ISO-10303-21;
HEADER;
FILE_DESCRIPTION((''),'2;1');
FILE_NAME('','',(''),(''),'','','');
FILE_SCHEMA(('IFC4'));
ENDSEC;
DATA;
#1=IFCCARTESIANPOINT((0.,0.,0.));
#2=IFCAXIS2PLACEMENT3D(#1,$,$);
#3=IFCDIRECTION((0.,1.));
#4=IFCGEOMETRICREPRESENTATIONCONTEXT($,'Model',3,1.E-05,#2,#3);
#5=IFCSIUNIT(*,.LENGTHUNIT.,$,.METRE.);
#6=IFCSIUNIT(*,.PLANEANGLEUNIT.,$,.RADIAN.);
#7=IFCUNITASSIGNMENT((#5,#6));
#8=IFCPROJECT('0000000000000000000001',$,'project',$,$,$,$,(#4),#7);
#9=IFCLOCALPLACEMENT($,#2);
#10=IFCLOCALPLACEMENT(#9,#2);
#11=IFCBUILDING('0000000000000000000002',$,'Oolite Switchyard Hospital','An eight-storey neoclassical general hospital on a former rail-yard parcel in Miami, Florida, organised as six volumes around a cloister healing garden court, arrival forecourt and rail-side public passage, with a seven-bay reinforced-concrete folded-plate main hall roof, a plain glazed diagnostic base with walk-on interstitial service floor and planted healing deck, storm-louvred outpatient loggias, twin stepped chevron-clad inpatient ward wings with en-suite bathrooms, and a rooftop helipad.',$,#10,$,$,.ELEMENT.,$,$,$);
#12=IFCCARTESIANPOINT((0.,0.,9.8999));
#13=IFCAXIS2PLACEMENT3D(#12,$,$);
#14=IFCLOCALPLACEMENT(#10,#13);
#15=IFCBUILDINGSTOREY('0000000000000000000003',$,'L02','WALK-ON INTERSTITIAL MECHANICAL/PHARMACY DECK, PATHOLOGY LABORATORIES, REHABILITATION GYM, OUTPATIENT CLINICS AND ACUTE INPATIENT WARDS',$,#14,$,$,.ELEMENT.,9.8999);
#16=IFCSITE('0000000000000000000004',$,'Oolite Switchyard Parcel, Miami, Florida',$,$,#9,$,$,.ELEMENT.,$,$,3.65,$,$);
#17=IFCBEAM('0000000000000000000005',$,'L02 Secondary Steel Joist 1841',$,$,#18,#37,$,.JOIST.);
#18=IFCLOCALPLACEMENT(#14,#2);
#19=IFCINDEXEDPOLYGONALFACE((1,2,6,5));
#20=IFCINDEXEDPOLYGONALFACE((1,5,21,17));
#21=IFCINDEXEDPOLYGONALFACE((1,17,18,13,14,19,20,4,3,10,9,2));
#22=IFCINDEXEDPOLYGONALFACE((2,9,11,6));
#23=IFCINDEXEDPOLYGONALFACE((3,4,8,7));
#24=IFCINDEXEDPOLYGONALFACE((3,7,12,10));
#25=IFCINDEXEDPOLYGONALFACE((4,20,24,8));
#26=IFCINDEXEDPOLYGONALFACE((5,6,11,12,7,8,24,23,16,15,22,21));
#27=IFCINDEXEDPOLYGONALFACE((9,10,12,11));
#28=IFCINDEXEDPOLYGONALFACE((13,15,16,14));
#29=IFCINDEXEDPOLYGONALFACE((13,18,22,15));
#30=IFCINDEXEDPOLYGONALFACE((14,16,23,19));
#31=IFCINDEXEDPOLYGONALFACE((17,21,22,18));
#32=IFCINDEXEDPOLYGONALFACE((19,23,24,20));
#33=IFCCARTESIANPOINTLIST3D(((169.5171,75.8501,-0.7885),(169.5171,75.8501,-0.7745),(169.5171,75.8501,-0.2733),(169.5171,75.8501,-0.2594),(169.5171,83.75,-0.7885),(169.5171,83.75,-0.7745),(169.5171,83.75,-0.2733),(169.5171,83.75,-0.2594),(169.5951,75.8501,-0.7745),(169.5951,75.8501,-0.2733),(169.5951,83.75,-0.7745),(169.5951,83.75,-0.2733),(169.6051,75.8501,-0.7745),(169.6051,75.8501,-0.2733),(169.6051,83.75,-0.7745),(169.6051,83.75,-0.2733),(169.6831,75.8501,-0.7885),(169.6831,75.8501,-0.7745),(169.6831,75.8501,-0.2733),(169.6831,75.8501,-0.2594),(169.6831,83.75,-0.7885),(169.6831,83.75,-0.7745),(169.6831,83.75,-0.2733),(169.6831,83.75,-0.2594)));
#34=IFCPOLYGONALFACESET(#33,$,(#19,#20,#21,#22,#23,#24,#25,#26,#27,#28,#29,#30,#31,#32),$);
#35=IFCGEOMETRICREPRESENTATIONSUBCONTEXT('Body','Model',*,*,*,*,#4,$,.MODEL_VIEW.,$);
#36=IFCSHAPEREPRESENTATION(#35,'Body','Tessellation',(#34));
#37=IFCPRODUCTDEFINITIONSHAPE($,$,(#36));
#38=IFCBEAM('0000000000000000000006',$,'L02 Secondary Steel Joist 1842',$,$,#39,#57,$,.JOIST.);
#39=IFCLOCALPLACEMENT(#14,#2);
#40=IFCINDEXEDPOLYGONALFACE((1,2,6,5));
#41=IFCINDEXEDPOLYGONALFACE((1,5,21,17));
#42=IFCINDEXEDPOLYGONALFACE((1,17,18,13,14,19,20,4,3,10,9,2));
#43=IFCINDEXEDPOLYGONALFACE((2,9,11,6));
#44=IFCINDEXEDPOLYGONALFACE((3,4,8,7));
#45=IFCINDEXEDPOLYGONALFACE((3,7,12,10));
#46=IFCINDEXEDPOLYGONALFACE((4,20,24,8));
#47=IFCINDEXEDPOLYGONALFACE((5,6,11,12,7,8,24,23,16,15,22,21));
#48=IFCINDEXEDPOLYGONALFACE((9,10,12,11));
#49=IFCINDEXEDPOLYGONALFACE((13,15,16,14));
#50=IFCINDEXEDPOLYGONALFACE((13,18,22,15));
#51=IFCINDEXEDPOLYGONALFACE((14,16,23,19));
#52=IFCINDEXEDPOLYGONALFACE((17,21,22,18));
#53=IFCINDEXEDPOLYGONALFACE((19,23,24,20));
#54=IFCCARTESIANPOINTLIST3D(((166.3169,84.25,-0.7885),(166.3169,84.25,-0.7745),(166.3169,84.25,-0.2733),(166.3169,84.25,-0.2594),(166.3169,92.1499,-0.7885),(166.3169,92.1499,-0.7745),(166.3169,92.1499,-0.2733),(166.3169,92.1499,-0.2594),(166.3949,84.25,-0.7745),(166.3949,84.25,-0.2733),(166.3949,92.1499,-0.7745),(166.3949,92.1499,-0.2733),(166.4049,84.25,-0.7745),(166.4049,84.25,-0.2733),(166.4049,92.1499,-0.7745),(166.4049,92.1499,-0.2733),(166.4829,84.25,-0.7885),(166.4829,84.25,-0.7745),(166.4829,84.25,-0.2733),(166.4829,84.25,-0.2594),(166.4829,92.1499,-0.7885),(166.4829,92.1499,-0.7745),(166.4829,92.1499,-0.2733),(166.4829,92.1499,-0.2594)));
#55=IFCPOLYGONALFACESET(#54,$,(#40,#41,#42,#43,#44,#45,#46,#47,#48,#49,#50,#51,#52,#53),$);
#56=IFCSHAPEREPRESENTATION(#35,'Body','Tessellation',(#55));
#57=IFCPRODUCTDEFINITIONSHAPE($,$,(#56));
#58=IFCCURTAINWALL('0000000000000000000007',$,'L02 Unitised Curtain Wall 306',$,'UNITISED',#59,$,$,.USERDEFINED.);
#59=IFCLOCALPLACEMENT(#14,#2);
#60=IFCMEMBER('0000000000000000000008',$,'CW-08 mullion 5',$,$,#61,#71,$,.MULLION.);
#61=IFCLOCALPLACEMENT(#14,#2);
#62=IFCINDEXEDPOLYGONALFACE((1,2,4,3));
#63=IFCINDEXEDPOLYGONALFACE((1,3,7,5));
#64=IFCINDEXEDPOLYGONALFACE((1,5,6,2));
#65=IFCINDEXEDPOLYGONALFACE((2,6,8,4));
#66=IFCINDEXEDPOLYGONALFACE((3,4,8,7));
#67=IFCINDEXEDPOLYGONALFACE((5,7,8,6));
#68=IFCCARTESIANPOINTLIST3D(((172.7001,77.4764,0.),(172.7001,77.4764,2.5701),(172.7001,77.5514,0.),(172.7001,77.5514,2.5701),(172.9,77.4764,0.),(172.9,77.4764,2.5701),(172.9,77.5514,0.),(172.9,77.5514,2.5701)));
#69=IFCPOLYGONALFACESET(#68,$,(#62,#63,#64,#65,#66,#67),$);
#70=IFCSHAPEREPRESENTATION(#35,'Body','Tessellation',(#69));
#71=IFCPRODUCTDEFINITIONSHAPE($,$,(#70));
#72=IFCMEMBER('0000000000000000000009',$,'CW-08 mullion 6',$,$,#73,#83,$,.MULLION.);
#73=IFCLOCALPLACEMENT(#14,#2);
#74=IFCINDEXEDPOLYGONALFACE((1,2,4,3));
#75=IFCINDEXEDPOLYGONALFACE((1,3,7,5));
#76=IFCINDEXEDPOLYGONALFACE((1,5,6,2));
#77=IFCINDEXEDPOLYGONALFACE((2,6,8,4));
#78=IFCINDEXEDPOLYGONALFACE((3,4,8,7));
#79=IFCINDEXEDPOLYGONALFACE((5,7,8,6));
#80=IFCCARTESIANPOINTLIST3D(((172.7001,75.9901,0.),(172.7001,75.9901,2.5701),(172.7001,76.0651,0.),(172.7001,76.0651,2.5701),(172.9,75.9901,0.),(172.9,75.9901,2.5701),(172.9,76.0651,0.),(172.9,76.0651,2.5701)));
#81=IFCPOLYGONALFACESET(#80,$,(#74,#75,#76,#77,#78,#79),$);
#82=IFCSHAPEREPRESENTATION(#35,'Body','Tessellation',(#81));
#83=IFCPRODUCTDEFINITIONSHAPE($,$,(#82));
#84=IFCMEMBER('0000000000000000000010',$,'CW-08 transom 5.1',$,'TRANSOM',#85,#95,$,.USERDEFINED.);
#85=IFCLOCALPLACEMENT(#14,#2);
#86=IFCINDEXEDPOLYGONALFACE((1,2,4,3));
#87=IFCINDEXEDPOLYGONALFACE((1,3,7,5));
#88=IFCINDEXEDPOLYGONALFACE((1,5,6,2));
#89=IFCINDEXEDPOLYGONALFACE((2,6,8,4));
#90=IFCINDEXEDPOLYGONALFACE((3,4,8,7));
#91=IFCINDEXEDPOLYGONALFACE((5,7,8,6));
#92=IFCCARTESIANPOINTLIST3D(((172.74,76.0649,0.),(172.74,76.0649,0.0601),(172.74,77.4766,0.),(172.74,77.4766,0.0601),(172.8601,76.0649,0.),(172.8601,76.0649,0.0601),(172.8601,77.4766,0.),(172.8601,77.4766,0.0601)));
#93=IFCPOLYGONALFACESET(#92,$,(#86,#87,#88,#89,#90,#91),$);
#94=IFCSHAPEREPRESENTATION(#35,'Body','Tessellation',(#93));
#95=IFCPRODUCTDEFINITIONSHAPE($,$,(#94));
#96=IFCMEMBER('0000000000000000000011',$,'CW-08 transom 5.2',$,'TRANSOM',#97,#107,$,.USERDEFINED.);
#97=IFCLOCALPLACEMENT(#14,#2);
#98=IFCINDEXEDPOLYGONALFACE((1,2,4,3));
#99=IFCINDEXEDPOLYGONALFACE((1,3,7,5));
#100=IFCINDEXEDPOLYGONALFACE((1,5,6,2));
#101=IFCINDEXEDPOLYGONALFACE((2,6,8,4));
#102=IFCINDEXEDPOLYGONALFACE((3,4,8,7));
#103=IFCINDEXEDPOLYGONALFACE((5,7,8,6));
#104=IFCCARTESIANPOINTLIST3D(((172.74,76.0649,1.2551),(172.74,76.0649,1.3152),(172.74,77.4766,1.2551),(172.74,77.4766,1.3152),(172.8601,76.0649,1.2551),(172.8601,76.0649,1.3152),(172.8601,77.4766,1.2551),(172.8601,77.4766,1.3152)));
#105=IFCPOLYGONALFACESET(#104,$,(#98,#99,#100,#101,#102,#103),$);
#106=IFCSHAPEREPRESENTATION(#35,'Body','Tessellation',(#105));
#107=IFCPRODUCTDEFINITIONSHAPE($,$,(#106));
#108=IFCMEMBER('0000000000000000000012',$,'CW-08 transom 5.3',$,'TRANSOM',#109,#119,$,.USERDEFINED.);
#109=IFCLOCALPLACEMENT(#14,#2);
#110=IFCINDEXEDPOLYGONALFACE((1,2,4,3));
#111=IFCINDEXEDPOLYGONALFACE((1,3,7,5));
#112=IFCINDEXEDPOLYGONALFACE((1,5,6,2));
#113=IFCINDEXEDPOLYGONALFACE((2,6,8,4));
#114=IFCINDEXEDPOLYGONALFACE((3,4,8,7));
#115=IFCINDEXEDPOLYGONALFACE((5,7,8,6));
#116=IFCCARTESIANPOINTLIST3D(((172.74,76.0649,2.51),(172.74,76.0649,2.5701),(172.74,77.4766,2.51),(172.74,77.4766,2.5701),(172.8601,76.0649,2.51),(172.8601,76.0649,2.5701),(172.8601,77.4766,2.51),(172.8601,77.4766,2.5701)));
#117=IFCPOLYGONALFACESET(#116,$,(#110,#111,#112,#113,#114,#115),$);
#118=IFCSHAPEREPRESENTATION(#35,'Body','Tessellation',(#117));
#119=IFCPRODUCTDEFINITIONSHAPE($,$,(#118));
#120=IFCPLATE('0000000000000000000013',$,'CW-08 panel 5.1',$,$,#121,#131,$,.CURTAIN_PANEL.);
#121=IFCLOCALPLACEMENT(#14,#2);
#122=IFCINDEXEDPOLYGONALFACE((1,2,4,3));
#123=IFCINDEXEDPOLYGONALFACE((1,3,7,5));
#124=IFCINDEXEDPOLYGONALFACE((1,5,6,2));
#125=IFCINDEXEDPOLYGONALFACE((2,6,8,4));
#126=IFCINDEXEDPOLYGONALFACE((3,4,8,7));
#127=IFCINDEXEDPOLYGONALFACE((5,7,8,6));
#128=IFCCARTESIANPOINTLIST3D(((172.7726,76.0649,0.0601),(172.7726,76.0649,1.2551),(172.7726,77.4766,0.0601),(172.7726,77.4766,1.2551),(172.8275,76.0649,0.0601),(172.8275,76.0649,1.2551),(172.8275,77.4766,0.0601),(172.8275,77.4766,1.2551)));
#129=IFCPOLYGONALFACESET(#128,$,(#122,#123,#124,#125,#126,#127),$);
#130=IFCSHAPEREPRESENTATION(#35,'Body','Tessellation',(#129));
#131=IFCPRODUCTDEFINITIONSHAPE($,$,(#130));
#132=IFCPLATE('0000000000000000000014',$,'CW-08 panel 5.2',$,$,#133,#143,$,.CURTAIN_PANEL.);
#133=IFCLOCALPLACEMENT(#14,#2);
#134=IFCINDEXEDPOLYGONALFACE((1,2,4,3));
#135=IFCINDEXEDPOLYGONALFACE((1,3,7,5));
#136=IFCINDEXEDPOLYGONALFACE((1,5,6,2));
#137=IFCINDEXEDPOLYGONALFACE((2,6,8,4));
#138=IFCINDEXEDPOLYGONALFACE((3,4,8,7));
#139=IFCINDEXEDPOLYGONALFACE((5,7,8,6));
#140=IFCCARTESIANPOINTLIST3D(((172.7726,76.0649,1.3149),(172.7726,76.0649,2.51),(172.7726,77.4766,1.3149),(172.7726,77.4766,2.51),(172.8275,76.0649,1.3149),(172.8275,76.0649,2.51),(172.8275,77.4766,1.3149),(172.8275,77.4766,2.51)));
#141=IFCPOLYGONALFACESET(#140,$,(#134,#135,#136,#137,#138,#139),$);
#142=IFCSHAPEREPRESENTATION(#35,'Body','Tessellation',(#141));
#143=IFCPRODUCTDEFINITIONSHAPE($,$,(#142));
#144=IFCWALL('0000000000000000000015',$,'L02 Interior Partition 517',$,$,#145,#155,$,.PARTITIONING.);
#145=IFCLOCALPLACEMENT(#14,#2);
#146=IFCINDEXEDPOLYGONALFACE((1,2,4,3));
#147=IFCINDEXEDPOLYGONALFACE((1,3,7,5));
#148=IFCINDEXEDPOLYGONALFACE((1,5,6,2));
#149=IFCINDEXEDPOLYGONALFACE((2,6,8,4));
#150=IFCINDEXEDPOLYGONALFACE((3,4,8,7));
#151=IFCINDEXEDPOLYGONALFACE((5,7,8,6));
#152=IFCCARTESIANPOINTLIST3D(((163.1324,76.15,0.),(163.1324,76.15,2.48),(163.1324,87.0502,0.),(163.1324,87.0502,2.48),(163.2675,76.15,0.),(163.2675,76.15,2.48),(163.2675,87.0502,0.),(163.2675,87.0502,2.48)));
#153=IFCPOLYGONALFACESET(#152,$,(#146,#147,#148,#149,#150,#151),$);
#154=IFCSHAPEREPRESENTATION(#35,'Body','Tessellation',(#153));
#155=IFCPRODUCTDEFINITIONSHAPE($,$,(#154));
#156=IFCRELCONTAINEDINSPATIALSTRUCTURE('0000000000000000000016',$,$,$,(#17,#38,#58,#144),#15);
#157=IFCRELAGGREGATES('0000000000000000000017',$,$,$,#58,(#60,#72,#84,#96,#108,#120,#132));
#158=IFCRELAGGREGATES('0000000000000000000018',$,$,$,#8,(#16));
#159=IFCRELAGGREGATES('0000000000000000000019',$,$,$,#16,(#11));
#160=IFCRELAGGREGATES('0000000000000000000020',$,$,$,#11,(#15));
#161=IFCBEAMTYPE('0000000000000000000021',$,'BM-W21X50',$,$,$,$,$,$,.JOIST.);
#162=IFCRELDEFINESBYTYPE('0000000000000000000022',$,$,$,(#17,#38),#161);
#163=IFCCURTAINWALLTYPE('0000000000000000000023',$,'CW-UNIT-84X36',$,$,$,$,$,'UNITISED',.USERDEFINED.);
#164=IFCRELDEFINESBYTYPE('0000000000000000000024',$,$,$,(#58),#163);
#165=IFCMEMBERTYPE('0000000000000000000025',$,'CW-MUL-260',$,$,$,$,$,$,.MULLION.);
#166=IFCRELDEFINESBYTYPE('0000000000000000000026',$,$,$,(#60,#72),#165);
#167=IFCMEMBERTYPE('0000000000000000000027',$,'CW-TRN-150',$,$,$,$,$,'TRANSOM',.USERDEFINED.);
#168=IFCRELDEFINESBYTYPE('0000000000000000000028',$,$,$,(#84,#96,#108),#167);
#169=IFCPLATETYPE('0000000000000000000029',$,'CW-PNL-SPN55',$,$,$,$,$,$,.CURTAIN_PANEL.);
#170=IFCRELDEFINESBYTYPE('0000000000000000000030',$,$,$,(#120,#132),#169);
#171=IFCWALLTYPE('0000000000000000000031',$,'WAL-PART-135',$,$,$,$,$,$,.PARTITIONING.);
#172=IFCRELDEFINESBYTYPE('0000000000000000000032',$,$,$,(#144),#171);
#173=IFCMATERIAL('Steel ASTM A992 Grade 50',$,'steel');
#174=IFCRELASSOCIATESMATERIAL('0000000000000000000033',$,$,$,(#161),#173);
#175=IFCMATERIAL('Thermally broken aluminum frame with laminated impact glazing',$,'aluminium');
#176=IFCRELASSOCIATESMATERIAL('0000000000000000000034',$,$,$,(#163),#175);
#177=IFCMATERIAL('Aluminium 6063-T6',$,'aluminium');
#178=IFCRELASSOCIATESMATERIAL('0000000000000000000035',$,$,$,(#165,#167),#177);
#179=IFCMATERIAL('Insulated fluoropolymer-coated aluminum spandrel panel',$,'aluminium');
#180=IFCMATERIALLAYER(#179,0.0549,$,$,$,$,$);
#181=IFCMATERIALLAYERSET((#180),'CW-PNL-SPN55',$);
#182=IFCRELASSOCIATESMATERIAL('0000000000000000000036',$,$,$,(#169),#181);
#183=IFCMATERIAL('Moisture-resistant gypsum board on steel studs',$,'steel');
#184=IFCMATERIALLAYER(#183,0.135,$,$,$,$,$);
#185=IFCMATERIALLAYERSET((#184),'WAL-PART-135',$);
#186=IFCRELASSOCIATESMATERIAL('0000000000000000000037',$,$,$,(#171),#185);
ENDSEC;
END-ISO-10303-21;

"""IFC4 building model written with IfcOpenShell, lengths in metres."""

from ifc_helpers import new_model, si_unit, direction, frame, frame_2d, origin, origin_2d, place, context, subcontext, project, spatial, rectangle, i_section, extrude, material, layer, layer_set, material_profile, profile_set, type_object, element, aggregate, save


model = new_model("IFC4")

# Units and contexts
model_context = context("Model", 3, precision=1e-05, world=origin(), true_north=direction((0.0, 1.0)))
body_context = subcontext(model_context, "Body", "Model", "MODEL_VIEW")
ifc_project = project(units=[si_unit("LENGTHUNIT", "METRE"), si_unit("PLANEANGLEUNIT", "RADIAN")], contexts=[model_context])

# Site, building, storey
site_placement = place(None, origin())
site = spatial("IfcSite", under=ifc_project, at=site_placement, Name="Oolite Switchyard Parcel, Miami, Florida", CompositionType="ELEMENT", RefElevation=3.65)
building_placement = place(site_placement, origin())
building = spatial("IfcBuilding", under=site, at=building_placement, Name="Oolite Switchyard Hospital", Description="An eight-storey neoclassical general hospital on a former rail-yard parcel in Miami, Florida, organised as six volumes around a cloister healing garden court, arrival forecourt and rail-side public passage, with a seven-bay reinforced-concrete folded-plate main hall roof, a plain glazed diagnostic base with walk-on interstitial service floor and planted healing deck, storm-louvred outpatient loggias, twin stepped chevron-clad inpatient ward wings with en-suite bathrooms, and a rooftop helipad.", CompositionType="ELEMENT")
storey_placement = place(building_placement, frame((0.0, 0.0, 9.8999)))
storey = spatial("IfcBuildingStorey", under=building, at=storey_placement, Name="L02", Description="WALK-ON INTERSTITIAL MECHANICAL/PHARMACY DECK, PATHOLOGY LABORATORIES, REHABILITATION GYM, OUTPATIENT CLINICS AND ACUTE INPATIENT WARDS", CompositionType="ELEMENT", Elevation=9.8999)

# Beams
ifc_material_1 = material(Name="Steel ASTM A992 Grade 50", Category="steel")
ifc_material_profile_1 = material_profile(ifc_material_1, i_section(OverallWidth=0.166, OverallDepth=0.5291, WebThickness=0.01, FlangeThickness=0.0139, at=origin_2d()), Name="W21X50")
ifc_profile_set_1 = profile_set([ifc_material_profile_1], Name="Steel ASTM A992 Grade 50")
beam_type_1 = type_object("IfcBeamType", Name="BM-W21X50", PredefinedType="JOIST", material=ifc_profile_set_1)
for number, where, z_axis, x_axis, name in (
    (1, (169.6001, 75.8501, -0.5239), (0.0, 1.0, 0.0), (-1.0, 0.0, 0.0), "L02 Secondary Steel Joist 1841"),
    (2, (166.3999, 84.25, -0.5239), (0.0, 1.0, 0.0), (-1.0, 0.0, 0.0), "L02 Secondary Steel Joist 1842"),
):
    element("IfcBeam", number, at=place(storey_placement, frame(where, z_axis=z_axis, x_axis=x_axis)), inside=storey, type_object=beam_type_1, Name=name, PredefinedType="JOIST", context=body_context, shape_type="SweptSolid", body=[
        extrude(i_section(OverallWidth=0.166, OverallDepth=0.5291, WebThickness=0.01, FlangeThickness=0.0139, at=origin_2d()), origin(), (0.0, 0.0, 1.0), 7.8999),
    ])

# Curtain wall, members, plates
ifc_material_2 = material(Name="Thermally broken aluminum frame with laminated impact glazing", Category="aluminium")
curtain_wall_type = type_object("IfcCurtainWallType", Name="CW-UNIT-84X36", ElementType="UNITISED", PredefinedType="USERDEFINED", material=ifc_material_2)
curtain_wall_placement = place(storey_placement, origin())
curtain_wall = element("IfcCurtainWall", 3, at=curtain_wall_placement, inside=storey, type_object=curtain_wall_type, Name="L02 Unitised Curtain Wall 306", ObjectType="UNITISED", PredefinedType="USERDEFINED")
ifc_material_3 = material(Name="Aluminium 6063-T6", Category="aluminium")
ifc_material_profile_2 = material_profile(ifc_material_3, rectangle(XDim=0.2, YDim=0.075, at=origin_2d()), Name="CWM75X200")
ifc_profile_set_2 = profile_set([ifc_material_profile_2], Name="Aluminium 6063-T6")
member_type_1 = type_object("IfcMemberType", Name="CW-MUL-260", PredefinedType="MULLION", material=ifc_profile_set_2)
member_1_placement = place(storey_placement, frame((172.8, 77.5139, 0.0), z_axis=(0.0, 0.0, 1.0), x_axis=(1.0, 0.0, 0.0)))
member_1 = element("IfcMember", 4, at=member_1_placement, type_object=member_type_1, Name="CW-08 mullion 5", PredefinedType="MULLION", context=body_context, shape_type="SweptSolid", body=[
    extrude(rectangle(XDim=0.2, YDim=0.075, at=origin_2d()), origin(), (0.0, 0.0, 1.0), 2.5701),
])
member_2_placement = place(storey_placement, frame((172.8, 76.0276, 0.0), z_axis=(0.0, 0.0, 1.0), x_axis=(1.0, 0.0, 0.0)))
member_2 = element("IfcMember", 5, at=member_2_placement, type_object=member_type_1, Name="CW-08 mullion 6", PredefinedType="MULLION", context=body_context, shape_type="SweptSolid", body=[
    extrude(rectangle(XDim=0.2, YDim=0.075, at=origin_2d()), origin(), (0.0, 0.0, 1.0), 2.5701),
])
ifc_material_profile_3 = material_profile(ifc_material_3, rectangle(XDim=0.1201, YDim=0.0601, at=origin_2d()), Name="CWT60X120")
ifc_profile_set_3 = profile_set([ifc_material_profile_3], Name="Aluminium 6063-T6")
member_type_2 = type_object("IfcMemberType", Name="CW-TRN-150", ElementType="TRANSOM", PredefinedType="USERDEFINED", material=ifc_profile_set_3)
member_3_placement = place(storey_placement, frame((172.8, 77.4766, 0.03), z_axis=(0.0, -1.0, 0.0), x_axis=(1.0, 0.0, 0.0)))
member_3 = element("IfcMember", 6, at=member_3_placement, type_object=member_type_2, Name="CW-08 transom 5.1", ObjectType="TRANSOM", PredefinedType="USERDEFINED", context=body_context, shape_type="SweptSolid", body=[
    extrude(rectangle(XDim=0.1201, YDim=0.0601, at=origin_2d()), origin(), (0.0, 0.0, 1.0), 1.4116),
])
member_4_placement = place(storey_placement, frame((172.8, 77.4766, 1.2852), z_axis=(0.0, -1.0, 0.0), x_axis=(1.0, 0.0, 0.0)))
member_4 = element("IfcMember", 7, at=member_4_placement, type_object=member_type_2, Name="CW-08 transom 5.2", ObjectType="TRANSOM", PredefinedType="USERDEFINED", context=body_context, shape_type="SweptSolid", body=[
    extrude(rectangle(XDim=0.1201, YDim=0.0601, at=origin_2d()), origin(), (0.0, 0.0, 1.0), 1.4116),
])
member_5_placement = place(storey_placement, frame((172.8, 77.4766, 2.54), z_axis=(0.0, -1.0, 0.0), x_axis=(1.0, 0.0, 0.0)))
member_5 = element("IfcMember", 8, at=member_5_placement, type_object=member_type_2, Name="CW-08 transom 5.3", ObjectType="TRANSOM", PredefinedType="USERDEFINED", context=body_context, shape_type="SweptSolid", body=[
    extrude(rectangle(XDim=0.1201, YDim=0.0601, at=origin_2d()), origin(), (0.0, 0.0, 1.0), 1.4116),
])
ifc_material_4 = material(Name="Insulated fluoropolymer-coated aluminum spandrel panel", Category="aluminium")
ifc_layer_1 = layer(ifc_material_4, 0.0549)
ifc_layer_set_1 = layer_set([ifc_layer_1], Name="CW-PNL-SPN55")
plate_type = type_object("IfcPlateType", Name="CW-PNL-SPN55", PredefinedType="CURTAIN_PANEL", material=ifc_layer_set_1)
plate_1_placement = place(storey_placement, frame((172.8, 76.7708, 0.0601), z_axis=(0.0, 0.0, 1.0), x_axis=(0.0, -1.0, 0.0)))
plate_1 = element("IfcPlate", 9, at=plate_1_placement, type_object=plate_type, Name="CW-08 panel 5.1", PredefinedType="CURTAIN_PANEL", context=body_context, shape_type="SweptSolid", body=[
    extrude(rectangle(XDim=1.4116, YDim=0.0549, at=origin_2d()), origin(), (0.0, 0.0, 1.0), 1.1951),
])
plate_2_placement = place(storey_placement, frame((172.8, 76.7708, 1.3149), z_axis=(0.0, 0.0, 1.0), x_axis=(0.0, -1.0, 0.0)))
plate_2 = element("IfcPlate", 10, at=plate_2_placement, type_object=plate_type, Name="CW-08 panel 5.2", PredefinedType="CURTAIN_PANEL", context=body_context, shape_type="SweptSolid", body=[
    extrude(rectangle(XDim=1.4116, YDim=0.0549, at=origin_2d()), origin(), (0.0, 0.0, 1.0), 1.1951),
])
aggregate(curtain_wall, [member_1, member_2, member_3, member_4, member_5, plate_1, plate_2])

# Wall
ifc_material_5 = material(Name="Moisture-resistant gypsum board on steel studs", Category="steel")
ifc_layer_2 = layer(ifc_material_5, 0.135)
ifc_layer_set_2 = layer_set([ifc_layer_2], Name="WAL-PART-135")
wall_type = type_object("IfcWallType", Name="WAL-PART-135", PredefinedType="PARTITIONING", material=ifc_layer_set_2)
wall_placement = place(storey_placement, frame((163.2, 76.1499, 0.0), z_axis=(0.0, 0.0, 1.0), x_axis=(0.0, 1.0, 0.0)))
element("IfcWall", 11, at=wall_placement, inside=storey, type_object=wall_type, Name="L02 Interior Partition 517", PredefinedType="PARTITIONING", context=body_context, shape_type="SweptSolid", body=[
    extrude(rectangle(XDim=10.9001, YDim=0.135, at=frame_2d((5.4502, 0.0))), origin(), (0.0, 0.0, 1.0), 2.48),
])

save(model, "model.ifc")
